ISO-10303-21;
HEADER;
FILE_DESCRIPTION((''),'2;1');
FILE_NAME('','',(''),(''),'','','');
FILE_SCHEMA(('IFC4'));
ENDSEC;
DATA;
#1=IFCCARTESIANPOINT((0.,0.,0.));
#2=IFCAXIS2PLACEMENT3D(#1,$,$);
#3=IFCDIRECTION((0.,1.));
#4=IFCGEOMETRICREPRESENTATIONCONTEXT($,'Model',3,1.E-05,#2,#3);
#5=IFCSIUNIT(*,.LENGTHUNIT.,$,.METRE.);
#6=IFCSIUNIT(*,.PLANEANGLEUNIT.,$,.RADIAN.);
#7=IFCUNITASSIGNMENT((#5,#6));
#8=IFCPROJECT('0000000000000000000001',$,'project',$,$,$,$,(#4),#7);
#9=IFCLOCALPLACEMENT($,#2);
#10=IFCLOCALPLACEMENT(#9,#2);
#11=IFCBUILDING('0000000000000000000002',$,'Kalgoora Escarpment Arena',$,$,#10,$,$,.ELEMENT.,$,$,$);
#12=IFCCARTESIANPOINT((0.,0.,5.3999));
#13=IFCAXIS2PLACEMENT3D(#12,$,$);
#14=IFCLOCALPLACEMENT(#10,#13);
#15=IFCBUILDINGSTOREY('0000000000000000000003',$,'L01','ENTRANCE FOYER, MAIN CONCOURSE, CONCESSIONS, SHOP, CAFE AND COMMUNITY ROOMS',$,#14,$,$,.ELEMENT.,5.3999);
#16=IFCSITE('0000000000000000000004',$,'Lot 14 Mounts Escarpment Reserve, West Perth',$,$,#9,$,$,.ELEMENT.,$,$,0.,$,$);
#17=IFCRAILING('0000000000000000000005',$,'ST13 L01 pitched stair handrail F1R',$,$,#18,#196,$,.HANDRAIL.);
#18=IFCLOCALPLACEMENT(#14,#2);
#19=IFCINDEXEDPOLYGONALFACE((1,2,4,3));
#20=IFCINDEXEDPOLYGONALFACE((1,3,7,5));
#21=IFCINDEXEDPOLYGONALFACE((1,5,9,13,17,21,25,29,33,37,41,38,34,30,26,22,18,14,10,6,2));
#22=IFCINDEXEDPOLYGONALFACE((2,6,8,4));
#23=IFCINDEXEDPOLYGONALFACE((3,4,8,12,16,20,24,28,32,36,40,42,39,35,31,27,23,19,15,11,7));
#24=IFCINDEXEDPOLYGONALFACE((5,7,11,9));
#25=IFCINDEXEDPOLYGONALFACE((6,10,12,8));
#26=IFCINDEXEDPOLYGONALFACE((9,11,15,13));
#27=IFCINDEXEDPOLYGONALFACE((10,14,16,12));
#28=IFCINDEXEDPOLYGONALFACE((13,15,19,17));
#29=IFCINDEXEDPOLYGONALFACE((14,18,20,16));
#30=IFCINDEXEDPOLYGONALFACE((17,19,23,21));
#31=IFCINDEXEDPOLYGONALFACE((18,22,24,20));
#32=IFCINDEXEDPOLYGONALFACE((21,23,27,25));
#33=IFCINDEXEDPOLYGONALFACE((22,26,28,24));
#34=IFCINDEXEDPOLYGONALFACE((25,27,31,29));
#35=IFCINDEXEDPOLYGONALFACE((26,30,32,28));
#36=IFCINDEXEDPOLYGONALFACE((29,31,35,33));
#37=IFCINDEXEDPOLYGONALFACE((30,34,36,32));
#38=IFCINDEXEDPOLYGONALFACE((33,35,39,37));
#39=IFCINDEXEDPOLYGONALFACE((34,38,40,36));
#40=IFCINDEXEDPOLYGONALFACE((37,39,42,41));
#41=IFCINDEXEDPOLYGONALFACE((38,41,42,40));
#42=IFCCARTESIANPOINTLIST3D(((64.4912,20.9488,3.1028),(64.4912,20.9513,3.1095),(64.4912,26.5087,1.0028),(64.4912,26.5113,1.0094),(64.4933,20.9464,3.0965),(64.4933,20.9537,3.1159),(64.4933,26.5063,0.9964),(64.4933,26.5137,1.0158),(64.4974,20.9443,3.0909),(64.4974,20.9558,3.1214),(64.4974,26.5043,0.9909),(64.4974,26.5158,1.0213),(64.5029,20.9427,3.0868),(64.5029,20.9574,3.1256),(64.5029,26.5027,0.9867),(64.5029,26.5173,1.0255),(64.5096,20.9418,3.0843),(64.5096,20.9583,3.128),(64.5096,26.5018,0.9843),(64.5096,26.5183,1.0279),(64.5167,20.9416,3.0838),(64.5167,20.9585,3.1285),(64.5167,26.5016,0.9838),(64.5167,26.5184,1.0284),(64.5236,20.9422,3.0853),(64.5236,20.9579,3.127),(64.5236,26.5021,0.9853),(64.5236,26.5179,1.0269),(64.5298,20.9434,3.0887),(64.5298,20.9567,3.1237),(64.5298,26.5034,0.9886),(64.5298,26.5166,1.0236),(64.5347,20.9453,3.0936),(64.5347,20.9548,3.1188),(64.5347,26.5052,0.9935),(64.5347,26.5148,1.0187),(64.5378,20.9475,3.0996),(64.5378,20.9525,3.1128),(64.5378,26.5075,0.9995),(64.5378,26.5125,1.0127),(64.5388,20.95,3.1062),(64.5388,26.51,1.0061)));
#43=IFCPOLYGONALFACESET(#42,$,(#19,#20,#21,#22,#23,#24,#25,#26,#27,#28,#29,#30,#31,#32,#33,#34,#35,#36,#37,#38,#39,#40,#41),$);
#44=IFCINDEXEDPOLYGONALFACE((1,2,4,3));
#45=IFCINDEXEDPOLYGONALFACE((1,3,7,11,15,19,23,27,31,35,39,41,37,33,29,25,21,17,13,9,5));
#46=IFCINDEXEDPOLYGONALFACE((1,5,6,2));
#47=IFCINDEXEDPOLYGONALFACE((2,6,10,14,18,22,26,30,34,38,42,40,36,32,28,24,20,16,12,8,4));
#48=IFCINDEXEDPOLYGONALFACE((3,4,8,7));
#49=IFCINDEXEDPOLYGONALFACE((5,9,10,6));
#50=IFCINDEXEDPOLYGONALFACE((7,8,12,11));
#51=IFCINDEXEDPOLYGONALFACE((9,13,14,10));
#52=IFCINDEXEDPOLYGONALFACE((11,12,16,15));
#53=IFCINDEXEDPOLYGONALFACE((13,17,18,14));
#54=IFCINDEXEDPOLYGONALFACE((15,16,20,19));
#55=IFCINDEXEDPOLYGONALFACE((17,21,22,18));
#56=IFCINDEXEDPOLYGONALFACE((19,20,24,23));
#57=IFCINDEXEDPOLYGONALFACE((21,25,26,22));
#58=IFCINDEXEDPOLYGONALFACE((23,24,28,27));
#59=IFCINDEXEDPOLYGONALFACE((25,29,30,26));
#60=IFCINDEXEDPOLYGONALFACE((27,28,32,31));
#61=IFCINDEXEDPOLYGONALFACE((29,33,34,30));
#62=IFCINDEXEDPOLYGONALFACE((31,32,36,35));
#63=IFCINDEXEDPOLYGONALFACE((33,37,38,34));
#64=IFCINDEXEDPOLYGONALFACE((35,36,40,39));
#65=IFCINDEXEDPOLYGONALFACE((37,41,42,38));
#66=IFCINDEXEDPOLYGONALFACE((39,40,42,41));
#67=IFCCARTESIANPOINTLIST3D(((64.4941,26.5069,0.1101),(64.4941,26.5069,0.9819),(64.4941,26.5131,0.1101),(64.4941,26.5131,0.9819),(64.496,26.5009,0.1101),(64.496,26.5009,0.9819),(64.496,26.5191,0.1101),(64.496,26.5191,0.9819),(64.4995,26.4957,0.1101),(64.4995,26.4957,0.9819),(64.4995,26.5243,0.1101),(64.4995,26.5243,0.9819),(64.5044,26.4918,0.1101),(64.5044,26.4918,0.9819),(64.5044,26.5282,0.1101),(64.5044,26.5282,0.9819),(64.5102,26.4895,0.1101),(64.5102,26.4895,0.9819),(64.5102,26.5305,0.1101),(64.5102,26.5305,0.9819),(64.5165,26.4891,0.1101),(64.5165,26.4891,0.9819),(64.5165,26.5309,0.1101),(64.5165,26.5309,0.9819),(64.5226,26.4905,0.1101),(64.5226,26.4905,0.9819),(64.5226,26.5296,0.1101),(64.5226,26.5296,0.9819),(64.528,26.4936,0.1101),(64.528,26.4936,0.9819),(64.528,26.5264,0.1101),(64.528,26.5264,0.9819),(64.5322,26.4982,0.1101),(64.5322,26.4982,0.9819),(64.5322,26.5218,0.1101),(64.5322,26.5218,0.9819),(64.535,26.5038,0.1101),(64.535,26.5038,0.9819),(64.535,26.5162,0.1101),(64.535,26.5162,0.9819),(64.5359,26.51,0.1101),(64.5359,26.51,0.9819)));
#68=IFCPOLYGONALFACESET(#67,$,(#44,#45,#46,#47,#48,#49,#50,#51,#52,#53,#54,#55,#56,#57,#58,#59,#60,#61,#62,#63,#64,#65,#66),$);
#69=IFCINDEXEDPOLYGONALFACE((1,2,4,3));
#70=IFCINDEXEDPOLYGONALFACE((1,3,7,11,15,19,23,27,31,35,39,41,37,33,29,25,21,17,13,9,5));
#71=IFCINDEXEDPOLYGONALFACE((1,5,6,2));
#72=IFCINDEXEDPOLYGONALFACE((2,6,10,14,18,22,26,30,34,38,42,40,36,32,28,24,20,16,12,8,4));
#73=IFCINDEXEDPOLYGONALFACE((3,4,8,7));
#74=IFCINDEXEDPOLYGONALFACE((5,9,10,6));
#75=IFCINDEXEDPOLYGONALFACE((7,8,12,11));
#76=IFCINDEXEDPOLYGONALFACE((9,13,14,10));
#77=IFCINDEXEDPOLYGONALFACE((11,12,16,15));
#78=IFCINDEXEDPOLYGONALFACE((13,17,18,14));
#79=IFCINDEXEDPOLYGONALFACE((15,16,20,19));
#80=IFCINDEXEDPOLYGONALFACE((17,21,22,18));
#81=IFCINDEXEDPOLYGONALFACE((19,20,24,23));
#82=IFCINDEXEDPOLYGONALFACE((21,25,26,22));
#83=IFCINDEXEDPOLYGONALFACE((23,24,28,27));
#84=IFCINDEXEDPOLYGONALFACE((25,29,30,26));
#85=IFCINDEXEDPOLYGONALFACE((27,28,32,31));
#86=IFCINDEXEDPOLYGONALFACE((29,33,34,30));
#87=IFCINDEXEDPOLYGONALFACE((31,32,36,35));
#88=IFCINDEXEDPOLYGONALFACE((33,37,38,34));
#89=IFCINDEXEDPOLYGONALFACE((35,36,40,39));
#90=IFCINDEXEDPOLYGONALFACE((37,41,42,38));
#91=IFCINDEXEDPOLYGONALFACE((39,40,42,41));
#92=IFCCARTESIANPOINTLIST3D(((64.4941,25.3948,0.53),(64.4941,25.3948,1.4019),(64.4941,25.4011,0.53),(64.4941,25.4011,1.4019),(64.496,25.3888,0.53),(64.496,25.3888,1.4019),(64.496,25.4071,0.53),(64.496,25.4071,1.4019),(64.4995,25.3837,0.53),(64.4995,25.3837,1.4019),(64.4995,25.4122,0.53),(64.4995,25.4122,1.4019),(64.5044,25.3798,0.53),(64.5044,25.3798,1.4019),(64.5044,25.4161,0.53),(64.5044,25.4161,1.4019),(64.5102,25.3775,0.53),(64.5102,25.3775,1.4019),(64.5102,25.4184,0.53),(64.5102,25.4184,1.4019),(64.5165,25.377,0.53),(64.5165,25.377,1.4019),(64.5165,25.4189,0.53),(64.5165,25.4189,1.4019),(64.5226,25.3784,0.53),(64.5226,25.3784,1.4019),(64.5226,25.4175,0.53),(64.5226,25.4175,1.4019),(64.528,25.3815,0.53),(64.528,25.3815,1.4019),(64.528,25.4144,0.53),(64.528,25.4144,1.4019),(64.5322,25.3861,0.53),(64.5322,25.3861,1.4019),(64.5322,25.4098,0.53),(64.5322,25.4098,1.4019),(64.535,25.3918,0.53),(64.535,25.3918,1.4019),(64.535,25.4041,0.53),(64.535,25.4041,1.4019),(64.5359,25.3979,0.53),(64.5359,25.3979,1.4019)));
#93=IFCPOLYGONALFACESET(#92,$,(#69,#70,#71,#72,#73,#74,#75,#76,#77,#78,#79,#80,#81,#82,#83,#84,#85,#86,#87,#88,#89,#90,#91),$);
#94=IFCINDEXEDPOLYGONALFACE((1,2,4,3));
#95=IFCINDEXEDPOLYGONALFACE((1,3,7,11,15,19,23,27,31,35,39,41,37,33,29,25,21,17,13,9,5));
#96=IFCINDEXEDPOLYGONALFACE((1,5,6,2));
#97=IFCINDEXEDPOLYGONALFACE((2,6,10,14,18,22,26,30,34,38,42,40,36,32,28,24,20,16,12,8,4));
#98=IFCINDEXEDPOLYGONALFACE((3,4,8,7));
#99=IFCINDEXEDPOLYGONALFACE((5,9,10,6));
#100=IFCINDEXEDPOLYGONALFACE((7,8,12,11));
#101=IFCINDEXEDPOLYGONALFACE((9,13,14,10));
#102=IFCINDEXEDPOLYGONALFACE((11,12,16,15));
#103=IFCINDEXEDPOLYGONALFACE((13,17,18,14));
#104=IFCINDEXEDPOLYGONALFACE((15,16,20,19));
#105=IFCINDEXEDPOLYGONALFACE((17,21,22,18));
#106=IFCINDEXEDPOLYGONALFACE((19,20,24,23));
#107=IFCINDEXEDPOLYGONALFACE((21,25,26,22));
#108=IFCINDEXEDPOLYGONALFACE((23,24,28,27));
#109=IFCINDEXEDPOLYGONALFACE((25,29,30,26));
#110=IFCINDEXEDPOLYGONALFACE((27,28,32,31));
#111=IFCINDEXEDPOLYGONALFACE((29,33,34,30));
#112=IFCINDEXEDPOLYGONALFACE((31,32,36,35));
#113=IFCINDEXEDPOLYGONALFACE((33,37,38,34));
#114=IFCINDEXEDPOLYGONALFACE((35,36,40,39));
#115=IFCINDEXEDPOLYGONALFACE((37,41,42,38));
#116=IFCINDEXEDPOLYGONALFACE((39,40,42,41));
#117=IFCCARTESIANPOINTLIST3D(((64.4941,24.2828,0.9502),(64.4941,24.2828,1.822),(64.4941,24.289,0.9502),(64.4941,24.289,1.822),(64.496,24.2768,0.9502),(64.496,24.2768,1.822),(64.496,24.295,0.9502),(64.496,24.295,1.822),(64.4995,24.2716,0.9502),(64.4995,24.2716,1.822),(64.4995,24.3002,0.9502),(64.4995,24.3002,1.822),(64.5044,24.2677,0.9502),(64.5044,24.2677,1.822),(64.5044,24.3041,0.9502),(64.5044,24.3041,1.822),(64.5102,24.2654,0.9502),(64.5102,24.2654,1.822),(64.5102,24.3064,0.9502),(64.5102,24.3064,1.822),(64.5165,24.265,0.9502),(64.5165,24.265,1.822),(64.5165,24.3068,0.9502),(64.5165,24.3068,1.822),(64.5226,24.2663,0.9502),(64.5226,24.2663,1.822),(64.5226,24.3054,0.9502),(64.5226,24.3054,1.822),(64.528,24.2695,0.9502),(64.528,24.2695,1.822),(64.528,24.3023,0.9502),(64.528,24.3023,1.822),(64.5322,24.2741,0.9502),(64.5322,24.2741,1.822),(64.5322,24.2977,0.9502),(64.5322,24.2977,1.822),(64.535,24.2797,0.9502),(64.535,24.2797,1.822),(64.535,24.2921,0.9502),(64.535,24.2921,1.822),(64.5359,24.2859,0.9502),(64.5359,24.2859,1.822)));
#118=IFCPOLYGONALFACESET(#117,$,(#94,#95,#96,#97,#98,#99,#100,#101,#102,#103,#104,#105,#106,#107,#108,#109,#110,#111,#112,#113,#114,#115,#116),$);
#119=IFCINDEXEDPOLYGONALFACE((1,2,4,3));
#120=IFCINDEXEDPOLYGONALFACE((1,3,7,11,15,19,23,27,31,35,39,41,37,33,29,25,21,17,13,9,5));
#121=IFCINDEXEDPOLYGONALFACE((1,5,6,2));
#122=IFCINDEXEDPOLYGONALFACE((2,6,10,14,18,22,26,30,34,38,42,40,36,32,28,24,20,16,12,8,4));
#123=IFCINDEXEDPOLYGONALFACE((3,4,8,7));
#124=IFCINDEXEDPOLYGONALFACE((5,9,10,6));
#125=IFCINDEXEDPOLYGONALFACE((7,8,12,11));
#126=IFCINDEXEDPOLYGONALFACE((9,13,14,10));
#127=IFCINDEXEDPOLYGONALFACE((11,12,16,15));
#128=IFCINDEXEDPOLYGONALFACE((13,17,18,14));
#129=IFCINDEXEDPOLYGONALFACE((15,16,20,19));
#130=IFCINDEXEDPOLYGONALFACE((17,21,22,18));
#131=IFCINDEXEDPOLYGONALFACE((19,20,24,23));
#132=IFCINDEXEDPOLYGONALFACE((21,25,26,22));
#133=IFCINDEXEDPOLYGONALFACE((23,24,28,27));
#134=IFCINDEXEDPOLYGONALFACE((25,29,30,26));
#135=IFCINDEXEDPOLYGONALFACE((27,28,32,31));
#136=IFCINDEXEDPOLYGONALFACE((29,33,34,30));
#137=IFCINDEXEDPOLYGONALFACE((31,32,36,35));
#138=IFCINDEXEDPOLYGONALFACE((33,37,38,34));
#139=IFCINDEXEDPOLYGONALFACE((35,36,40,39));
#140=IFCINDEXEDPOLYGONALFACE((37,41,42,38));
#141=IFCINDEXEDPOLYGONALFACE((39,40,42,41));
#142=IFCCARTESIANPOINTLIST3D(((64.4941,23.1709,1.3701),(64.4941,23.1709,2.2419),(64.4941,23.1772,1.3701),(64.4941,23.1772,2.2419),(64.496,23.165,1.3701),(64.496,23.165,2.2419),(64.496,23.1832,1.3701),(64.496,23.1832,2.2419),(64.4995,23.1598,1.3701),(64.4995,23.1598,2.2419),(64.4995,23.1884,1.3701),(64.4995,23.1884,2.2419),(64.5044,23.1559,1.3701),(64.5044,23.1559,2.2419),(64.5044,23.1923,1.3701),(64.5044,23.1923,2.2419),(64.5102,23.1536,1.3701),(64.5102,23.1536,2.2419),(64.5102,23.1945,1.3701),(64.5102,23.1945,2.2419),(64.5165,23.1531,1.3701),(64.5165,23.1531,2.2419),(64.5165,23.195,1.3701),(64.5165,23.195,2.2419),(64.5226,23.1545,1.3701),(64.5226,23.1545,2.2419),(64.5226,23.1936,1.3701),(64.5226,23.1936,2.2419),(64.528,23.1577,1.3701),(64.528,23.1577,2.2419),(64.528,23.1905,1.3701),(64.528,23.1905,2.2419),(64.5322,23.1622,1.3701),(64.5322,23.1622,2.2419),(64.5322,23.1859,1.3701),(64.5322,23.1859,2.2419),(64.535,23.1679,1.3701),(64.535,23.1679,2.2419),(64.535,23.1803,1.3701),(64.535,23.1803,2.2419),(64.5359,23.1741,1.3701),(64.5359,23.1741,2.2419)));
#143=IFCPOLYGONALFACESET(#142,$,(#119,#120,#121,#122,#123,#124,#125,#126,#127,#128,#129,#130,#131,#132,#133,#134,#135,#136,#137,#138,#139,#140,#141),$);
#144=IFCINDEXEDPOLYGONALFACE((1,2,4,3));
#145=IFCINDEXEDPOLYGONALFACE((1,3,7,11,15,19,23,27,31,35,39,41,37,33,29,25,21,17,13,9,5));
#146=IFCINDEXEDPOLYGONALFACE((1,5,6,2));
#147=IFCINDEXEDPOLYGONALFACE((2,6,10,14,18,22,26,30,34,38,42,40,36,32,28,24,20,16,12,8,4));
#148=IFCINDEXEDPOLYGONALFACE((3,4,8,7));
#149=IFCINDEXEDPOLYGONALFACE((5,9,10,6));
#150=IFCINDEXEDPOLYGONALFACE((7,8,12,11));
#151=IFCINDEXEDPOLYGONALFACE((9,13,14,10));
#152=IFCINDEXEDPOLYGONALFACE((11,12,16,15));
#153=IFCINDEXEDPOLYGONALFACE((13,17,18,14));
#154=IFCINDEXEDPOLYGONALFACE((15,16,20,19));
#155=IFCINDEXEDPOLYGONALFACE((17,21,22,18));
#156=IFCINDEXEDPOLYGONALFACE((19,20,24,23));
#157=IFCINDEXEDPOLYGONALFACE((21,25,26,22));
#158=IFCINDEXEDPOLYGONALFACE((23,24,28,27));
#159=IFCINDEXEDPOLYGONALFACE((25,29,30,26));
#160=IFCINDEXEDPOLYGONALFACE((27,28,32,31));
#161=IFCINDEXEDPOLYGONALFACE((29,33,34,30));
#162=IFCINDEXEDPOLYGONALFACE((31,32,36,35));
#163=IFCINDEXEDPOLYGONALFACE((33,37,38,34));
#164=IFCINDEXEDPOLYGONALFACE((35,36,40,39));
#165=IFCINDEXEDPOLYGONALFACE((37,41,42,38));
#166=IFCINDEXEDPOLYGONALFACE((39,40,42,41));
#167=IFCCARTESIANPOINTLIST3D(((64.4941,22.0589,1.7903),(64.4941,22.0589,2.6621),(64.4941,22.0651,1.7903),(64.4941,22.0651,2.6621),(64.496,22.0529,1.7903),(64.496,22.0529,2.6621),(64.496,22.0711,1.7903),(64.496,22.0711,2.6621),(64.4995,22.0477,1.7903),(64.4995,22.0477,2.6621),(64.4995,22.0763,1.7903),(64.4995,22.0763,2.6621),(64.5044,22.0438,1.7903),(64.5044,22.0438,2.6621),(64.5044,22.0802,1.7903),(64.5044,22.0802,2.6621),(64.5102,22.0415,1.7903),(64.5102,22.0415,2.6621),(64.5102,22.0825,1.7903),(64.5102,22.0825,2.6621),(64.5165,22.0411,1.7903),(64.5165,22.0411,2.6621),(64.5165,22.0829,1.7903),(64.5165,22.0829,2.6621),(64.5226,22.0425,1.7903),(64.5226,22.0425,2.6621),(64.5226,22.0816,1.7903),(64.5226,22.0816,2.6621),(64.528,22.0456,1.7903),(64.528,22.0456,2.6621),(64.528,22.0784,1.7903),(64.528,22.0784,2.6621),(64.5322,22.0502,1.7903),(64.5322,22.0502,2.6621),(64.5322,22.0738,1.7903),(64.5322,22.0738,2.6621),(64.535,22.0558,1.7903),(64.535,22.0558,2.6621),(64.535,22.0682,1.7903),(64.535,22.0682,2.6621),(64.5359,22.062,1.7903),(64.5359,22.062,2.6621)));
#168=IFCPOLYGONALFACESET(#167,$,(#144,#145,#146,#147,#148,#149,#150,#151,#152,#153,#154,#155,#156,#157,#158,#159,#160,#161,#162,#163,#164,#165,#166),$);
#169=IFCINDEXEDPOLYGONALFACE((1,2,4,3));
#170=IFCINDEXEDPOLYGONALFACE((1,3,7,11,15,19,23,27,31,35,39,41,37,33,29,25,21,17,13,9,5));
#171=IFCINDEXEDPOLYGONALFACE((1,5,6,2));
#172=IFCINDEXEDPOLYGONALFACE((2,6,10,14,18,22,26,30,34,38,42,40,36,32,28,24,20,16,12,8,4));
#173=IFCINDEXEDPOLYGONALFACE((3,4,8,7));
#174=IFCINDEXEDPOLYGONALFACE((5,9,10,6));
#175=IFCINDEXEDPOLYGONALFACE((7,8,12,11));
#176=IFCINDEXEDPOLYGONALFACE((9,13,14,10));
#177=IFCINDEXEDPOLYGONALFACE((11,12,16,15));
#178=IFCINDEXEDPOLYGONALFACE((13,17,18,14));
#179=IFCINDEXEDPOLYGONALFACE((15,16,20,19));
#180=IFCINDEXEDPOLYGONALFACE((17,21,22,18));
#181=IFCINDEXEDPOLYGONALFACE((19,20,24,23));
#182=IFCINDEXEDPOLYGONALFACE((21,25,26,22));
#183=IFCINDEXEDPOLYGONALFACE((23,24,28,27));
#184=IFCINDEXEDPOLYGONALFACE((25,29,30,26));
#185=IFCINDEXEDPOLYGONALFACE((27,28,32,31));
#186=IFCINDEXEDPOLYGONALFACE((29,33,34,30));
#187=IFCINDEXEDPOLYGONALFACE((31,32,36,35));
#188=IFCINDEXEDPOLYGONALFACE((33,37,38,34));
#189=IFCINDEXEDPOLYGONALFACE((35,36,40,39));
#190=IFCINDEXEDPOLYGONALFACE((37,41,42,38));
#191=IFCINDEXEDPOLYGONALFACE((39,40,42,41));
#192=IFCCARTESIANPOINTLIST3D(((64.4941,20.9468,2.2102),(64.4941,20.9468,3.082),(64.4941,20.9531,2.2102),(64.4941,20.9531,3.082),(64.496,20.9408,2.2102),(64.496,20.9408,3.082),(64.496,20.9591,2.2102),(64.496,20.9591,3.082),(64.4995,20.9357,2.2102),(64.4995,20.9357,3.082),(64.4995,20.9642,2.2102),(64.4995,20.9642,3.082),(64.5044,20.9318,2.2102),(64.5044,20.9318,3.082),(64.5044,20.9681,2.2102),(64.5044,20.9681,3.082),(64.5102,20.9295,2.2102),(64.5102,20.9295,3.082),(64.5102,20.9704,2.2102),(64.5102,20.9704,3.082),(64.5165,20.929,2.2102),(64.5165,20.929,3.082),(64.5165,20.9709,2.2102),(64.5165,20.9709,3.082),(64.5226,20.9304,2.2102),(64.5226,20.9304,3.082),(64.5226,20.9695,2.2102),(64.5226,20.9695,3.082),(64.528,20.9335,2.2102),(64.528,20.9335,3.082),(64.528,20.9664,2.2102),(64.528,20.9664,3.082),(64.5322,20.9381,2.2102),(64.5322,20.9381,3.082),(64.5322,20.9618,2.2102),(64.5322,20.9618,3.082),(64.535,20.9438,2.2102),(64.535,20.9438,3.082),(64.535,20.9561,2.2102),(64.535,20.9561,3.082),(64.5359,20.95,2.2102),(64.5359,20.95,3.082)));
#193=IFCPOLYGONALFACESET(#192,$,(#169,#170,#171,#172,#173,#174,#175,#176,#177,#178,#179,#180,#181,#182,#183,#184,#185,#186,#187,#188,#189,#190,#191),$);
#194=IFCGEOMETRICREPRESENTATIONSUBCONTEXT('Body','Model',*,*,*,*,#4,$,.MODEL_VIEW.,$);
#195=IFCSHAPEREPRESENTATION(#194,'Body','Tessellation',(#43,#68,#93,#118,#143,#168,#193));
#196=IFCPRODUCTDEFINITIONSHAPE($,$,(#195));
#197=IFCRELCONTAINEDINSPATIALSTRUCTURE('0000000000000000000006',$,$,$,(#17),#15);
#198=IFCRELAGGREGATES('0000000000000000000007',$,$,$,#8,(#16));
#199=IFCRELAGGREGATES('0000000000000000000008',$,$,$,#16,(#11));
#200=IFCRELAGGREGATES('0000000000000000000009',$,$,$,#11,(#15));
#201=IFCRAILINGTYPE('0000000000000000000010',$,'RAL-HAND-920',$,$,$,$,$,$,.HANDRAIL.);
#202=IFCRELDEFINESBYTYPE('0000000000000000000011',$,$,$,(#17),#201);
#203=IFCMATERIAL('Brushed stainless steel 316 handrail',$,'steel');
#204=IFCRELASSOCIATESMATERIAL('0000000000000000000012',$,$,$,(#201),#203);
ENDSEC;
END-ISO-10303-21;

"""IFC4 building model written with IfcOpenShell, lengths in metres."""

from ifc_helpers import new_model, si_unit, direction, frame, origin, origin_2d, place, context, subcontext, project, spatial, circle, extrude, material, type_object, element, save


model = new_model("IFC4")

# Units and contexts
model_context = context("Model", 3, precision=1e-05, world=origin(), true_north=direction((0.0, 1.0)))
body_context = subcontext(model_context, "Body", "Model", "MODEL_VIEW")
ifc_project = project(units=[si_unit("LENGTHUNIT", "METRE"), si_unit("PLANEANGLEUNIT", "RADIAN")], contexts=[model_context])

# Site, building, storey
site_placement = place(None, origin())
site = spatial("IfcSite", under=ifc_project, at=site_placement, Name="Lot 14 Mounts Escarpment Reserve, West Perth", CompositionType="ELEMENT", RefElevation=0.0)
building_placement = place(site_placement, origin())
building = spatial("IfcBuilding", under=site, at=building_placement, Name="Kalgoora Escarpment Arena", CompositionType="ELEMENT")
storey_placement = place(building_placement, frame((0.0, 0.0, 5.3999)))
storey = spatial("IfcBuildingStorey", under=building, at=storey_placement, Name="L01", Description="ENTRANCE FOYER, MAIN CONCOURSE, CONCESSIONS, SHOP, CAFE AND COMMUNITY ROOMS", CompositionType="ELEMENT", Elevation=5.3999)

# Railing
ifc_material_1 = material(Name="Brushed stainless steel 316 handrail", Category="steel")
railing_type_1 = type_object("IfcRailingType", Name="RAL-HAND-920", PredefinedType="HANDRAIL", material=ifc_material_1)
for number, where, name in (
    (1, (64.5149, 26.51, 0.1101), "ST13 L01 pitched stair handrail F1R"),
):
    element("IfcRailing", number, at=place(storey_placement, frame(where)), inside=storey, type_object=railing_type_1, Name=name, PredefinedType="HANDRAIL", context=body_context, shape_type="SweptSolid", body=[
        extrude(circle(Radius=0.0239, at=origin_2d()), frame((0.0, 0.0, 0.896), z_axis=(0.0, -0.935493, 0.353346), x_axis=(1.0, 0.0, 0.0)), (0.0, 0.0, 1.0), 5.9434),
        extrude(circle(Radius=0.021, at=origin_2d()), origin(), (0.0, 0.0, 1.0), 0.8718),
        extrude(circle(Radius=0.021, at=origin_2d()), frame((0.0, -1.1121, 0.4199)), (0.0, 0.0, 1.0), 0.8718),
        extrude(circle(Radius=0.021, at=origin_2d()), frame((0.0, -2.2241, 0.8401)), (0.0, 0.0, 1.0), 0.8718),
        extrude(circle(Radius=0.021, at=origin_2d()), frame((0.0, -3.3359, 1.26)), (0.0, 0.0, 1.0), 0.8718),
        extrude(circle(Radius=0.021, at=origin_2d()), frame((0.0, -4.448, 1.6802)), (0.0, 0.0, 1.0), 0.8718),
        extrude(circle(Radius=0.021, at=origin_2d()), frame((0.0, -5.5601, 2.1001)), (0.0, 0.0, 1.0), 0.8718),
    ])

save(model, "model.ifc")
